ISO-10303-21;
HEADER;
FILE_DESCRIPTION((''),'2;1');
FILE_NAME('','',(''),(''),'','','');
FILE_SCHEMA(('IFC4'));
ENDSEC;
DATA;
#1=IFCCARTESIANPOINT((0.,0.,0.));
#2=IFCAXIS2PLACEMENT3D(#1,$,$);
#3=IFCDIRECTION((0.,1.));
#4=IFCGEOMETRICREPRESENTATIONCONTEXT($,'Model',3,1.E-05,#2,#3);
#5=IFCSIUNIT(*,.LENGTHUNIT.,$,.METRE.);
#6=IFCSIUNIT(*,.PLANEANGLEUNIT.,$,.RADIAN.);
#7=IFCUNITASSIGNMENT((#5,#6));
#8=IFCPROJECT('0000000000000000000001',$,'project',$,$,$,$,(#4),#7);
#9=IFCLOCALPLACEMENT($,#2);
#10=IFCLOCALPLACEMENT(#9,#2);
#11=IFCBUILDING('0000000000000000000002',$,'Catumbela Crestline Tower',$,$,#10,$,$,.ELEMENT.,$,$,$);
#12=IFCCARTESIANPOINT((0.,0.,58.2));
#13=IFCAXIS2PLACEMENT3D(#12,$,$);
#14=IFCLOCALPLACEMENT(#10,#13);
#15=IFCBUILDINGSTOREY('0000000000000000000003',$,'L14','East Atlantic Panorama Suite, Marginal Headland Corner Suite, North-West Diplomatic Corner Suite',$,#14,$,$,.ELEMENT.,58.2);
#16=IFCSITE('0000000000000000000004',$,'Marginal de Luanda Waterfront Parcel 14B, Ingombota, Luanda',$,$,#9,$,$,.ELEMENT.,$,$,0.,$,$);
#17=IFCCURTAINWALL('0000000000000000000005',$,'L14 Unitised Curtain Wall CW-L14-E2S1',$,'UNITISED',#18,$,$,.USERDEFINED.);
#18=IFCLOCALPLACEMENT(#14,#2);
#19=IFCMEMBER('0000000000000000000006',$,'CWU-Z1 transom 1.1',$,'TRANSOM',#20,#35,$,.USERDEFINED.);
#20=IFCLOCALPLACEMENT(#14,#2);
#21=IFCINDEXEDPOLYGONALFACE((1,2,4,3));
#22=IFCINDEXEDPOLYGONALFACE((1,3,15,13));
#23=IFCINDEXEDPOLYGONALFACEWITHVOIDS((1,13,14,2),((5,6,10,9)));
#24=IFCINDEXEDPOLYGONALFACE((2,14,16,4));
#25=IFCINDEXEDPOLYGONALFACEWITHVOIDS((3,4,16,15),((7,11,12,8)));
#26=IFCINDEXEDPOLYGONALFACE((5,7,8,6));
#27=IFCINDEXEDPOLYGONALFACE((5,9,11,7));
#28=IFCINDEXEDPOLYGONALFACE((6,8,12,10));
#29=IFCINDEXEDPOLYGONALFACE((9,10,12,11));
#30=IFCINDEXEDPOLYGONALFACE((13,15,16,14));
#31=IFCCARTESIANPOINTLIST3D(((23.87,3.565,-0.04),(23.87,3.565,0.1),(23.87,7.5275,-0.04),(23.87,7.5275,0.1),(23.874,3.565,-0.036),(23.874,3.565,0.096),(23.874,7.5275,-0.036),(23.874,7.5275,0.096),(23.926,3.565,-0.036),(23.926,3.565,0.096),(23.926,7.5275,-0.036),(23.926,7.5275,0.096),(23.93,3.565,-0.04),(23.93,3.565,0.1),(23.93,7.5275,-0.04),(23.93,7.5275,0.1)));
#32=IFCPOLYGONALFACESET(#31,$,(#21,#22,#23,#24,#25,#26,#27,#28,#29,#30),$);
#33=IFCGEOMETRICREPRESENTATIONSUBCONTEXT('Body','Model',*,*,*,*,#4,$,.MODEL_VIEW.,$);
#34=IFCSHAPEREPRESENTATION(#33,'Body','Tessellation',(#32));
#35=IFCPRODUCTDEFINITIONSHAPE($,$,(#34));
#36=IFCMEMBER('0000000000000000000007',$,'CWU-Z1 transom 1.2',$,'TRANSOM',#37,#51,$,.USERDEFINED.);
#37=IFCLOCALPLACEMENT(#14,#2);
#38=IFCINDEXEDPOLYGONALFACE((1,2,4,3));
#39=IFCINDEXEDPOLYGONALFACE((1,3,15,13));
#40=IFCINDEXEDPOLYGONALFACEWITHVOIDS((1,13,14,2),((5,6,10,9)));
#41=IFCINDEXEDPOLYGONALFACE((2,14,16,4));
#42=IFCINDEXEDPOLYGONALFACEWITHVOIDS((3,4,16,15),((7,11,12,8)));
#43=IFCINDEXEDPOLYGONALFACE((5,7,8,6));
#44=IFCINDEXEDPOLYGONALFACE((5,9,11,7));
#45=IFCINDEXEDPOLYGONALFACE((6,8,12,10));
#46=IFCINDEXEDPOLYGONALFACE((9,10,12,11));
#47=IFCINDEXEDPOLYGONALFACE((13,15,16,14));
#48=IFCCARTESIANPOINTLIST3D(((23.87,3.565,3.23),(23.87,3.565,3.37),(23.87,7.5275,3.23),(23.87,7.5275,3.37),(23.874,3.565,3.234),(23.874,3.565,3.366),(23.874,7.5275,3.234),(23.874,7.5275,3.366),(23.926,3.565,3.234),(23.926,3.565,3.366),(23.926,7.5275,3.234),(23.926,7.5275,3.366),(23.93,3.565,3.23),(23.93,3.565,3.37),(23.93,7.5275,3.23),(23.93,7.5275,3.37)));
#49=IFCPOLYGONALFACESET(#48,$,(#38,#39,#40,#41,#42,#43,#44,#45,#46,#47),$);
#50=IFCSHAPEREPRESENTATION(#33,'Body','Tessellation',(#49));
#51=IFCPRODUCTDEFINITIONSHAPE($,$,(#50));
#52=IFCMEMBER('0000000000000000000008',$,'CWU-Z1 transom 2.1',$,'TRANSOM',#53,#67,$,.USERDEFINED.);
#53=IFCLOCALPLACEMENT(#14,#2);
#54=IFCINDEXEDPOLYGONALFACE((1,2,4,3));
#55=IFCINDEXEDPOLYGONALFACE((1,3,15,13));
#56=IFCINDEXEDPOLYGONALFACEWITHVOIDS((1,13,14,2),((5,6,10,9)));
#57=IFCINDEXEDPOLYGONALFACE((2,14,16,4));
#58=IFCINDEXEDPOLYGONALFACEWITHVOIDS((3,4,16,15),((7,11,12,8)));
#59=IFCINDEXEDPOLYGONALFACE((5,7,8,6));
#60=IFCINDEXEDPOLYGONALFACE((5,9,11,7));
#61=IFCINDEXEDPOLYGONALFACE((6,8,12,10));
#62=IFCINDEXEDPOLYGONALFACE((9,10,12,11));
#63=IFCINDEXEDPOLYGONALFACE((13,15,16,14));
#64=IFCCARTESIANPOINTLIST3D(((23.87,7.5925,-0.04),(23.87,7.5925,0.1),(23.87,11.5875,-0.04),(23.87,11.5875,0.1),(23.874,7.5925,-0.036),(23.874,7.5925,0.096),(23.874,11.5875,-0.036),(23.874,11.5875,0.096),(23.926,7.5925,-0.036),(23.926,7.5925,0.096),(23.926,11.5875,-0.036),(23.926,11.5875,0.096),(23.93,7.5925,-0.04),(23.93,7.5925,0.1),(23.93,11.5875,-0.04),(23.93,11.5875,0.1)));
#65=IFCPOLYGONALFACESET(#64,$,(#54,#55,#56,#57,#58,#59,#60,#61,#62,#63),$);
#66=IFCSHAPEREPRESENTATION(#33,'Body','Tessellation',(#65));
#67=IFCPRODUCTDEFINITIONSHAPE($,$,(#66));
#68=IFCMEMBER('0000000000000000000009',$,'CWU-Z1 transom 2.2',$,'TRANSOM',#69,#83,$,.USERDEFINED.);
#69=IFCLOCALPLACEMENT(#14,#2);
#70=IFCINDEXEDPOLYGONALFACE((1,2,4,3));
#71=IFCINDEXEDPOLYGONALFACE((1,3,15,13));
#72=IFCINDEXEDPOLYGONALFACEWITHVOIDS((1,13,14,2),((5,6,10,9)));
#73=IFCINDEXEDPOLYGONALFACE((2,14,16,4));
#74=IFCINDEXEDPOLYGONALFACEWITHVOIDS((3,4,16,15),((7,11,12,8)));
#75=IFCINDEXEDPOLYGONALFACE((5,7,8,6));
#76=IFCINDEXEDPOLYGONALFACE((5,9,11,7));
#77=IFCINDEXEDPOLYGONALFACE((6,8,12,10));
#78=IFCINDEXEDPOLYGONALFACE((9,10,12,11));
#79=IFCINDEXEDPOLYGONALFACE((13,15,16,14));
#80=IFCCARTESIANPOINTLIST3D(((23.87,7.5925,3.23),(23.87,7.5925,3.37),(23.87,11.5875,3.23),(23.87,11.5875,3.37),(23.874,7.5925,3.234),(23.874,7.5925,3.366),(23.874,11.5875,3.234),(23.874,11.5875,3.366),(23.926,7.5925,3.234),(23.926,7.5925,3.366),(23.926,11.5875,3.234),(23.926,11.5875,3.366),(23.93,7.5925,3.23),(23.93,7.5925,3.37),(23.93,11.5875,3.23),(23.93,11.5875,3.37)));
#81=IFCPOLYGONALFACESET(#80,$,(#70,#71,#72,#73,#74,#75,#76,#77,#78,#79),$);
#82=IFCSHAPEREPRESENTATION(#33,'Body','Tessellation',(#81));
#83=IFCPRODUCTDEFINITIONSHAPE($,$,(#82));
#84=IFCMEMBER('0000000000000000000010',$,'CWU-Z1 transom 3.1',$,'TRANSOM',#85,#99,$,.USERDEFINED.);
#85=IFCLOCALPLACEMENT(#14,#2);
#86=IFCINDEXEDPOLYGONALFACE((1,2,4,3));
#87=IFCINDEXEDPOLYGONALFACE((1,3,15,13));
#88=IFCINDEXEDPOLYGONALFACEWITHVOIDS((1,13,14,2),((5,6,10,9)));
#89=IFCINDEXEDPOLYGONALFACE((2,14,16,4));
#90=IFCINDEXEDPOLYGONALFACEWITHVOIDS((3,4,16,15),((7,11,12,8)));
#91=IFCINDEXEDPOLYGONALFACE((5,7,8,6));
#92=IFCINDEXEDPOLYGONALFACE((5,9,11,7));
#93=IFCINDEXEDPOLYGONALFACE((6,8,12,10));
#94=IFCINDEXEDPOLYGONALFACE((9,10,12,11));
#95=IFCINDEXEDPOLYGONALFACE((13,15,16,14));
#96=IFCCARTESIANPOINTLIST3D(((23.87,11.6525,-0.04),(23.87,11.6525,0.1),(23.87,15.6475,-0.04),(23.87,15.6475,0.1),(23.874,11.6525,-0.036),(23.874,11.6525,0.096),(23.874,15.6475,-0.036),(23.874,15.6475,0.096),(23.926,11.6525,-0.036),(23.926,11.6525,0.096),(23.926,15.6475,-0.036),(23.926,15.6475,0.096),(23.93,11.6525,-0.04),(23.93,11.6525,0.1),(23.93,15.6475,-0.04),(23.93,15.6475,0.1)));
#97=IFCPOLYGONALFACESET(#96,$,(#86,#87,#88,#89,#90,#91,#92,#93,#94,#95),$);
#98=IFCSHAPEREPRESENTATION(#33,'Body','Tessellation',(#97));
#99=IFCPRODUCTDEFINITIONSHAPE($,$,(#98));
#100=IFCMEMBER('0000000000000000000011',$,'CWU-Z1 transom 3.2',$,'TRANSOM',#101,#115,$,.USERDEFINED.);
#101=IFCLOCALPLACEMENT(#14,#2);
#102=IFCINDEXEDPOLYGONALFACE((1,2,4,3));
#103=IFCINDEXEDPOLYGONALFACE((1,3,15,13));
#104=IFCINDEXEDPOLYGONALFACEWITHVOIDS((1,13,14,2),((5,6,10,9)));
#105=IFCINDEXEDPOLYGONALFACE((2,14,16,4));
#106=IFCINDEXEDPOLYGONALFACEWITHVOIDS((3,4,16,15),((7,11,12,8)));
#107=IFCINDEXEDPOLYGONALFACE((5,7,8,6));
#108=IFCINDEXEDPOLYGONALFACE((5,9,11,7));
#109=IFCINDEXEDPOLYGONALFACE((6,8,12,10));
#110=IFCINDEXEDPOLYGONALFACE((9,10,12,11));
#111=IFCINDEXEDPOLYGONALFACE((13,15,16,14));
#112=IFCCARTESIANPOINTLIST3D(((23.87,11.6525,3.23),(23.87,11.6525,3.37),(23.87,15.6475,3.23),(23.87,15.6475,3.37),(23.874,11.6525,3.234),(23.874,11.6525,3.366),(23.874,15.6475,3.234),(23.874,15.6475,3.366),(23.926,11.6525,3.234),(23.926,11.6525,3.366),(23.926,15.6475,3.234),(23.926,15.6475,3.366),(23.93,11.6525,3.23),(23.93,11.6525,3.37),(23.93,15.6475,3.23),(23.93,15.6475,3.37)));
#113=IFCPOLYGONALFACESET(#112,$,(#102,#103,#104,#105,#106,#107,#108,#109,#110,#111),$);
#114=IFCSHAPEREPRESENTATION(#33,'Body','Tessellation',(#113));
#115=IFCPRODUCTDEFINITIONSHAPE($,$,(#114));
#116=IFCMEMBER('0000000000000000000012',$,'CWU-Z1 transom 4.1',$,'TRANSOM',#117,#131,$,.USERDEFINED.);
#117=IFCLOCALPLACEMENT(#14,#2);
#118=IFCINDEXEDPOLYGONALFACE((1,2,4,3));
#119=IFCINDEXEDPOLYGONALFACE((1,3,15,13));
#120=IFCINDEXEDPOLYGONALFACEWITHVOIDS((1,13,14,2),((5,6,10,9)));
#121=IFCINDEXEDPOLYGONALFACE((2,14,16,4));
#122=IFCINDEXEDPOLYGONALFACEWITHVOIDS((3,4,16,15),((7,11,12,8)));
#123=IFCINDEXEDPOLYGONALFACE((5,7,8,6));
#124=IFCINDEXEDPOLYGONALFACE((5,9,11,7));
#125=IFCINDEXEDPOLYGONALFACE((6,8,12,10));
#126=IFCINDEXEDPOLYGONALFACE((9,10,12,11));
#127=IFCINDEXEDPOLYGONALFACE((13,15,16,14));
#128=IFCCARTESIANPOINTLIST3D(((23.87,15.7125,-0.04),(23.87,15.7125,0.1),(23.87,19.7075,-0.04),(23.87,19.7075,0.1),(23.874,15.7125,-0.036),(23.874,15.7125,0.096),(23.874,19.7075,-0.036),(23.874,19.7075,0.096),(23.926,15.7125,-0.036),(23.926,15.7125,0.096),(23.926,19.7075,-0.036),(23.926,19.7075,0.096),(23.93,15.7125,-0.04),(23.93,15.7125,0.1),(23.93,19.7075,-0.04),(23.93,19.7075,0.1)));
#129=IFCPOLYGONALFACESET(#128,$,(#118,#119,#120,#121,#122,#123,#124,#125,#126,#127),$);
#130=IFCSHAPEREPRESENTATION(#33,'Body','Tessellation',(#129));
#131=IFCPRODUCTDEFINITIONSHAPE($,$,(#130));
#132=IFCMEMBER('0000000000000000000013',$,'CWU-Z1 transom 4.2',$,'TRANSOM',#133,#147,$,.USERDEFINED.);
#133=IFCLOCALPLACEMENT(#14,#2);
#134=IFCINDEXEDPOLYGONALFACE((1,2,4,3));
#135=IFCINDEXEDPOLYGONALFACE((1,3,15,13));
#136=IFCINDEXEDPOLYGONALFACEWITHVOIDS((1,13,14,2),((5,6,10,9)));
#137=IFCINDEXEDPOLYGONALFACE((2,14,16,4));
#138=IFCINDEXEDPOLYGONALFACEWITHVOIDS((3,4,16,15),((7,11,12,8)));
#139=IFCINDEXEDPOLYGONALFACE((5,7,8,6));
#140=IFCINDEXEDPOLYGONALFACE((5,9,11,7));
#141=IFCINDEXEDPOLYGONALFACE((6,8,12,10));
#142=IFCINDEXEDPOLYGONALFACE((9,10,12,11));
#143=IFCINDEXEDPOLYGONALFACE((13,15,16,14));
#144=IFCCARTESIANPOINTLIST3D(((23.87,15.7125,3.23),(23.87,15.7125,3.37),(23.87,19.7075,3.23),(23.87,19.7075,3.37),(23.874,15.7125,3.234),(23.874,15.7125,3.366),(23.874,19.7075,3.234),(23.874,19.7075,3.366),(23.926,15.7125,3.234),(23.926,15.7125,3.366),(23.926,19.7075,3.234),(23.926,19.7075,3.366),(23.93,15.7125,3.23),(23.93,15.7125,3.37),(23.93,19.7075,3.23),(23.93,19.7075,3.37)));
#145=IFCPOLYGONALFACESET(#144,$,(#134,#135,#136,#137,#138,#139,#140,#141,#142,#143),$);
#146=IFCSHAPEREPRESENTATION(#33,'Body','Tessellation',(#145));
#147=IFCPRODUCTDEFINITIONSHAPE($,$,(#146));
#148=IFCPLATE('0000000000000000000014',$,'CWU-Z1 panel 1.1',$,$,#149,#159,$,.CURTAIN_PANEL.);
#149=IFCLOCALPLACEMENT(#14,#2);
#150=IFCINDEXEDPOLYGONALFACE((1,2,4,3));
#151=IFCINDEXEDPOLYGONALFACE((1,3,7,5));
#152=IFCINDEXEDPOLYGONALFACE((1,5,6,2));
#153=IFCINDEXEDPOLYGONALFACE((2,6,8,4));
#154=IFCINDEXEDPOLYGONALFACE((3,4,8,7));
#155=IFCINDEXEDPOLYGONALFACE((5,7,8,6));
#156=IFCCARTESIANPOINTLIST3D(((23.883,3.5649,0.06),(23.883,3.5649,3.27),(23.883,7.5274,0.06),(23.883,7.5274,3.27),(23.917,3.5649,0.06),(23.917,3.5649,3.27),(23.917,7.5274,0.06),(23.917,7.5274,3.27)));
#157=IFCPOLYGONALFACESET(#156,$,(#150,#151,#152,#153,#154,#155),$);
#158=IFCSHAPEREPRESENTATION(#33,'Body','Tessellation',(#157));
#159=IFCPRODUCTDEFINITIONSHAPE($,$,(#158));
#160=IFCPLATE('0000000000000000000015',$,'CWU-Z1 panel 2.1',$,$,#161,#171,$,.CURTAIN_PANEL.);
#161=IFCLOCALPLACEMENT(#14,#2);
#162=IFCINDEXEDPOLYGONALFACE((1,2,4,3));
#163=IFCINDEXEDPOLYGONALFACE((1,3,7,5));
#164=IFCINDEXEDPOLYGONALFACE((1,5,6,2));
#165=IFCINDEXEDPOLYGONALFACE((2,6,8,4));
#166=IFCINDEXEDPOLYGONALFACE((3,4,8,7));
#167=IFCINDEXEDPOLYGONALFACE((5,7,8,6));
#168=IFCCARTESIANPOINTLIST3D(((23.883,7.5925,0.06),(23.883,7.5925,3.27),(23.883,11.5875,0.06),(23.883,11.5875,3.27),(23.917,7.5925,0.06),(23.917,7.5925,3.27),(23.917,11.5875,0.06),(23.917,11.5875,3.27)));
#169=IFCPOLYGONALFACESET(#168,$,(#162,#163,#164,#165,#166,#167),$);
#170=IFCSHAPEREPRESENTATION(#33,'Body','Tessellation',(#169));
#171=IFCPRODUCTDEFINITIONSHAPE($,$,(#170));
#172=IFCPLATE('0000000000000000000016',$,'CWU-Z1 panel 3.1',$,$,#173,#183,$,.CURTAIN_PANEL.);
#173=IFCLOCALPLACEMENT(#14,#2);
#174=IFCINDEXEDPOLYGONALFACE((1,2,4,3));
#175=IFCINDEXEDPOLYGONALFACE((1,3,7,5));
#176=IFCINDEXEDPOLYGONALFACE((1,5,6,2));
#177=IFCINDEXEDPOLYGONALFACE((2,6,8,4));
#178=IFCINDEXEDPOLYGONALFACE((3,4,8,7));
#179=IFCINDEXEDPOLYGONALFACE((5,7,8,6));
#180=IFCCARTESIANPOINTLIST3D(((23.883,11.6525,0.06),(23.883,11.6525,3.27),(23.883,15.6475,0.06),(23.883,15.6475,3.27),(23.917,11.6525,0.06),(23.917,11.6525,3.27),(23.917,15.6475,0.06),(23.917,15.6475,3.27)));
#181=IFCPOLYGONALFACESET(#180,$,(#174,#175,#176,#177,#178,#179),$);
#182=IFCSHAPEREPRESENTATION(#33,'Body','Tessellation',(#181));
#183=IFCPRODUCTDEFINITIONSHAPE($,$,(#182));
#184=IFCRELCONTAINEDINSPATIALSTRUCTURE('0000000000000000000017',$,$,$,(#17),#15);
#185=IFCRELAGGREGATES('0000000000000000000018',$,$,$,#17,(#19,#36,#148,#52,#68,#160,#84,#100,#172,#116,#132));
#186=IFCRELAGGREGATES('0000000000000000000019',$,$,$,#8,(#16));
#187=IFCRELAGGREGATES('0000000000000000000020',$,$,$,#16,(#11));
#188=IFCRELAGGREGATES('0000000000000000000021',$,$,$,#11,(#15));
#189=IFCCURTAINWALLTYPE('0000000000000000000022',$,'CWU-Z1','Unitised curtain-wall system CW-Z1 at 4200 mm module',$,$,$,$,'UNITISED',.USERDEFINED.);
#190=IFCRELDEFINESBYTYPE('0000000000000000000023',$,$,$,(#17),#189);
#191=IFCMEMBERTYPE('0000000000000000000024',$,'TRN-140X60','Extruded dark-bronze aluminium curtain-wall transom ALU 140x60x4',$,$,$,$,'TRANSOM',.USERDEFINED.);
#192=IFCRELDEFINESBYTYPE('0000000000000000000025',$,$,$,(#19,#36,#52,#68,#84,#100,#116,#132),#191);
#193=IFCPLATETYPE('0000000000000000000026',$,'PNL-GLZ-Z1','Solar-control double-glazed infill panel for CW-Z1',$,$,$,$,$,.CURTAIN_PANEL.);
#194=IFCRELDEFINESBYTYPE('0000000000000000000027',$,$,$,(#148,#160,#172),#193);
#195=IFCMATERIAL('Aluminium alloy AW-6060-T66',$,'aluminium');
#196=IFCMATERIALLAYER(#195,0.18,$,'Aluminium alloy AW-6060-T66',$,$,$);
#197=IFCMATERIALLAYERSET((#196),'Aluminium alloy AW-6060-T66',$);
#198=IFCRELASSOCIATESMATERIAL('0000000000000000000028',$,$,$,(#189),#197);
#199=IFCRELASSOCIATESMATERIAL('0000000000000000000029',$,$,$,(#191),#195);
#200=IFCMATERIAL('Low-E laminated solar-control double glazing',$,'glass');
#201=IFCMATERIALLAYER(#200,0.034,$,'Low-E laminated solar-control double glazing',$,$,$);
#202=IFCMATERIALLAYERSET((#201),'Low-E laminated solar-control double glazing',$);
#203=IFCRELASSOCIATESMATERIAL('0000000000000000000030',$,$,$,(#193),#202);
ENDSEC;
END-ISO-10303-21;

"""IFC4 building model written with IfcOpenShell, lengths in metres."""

from ifc_helpers import new_model, si_unit, direction, frame, origin, origin_2d, place, context, subcontext, project, spatial, rectangle, hollow_rectangle, extrude, material, layer, layer_set, material_profile, profile_set, type_object, element, aggregate, save


model = new_model("IFC4")

# Units and contexts
model_context = context("Model", 3, precision=1e-05, world=origin(), true_north=direction((0.0, 1.0)))
body_context = subcontext(model_context, "Body", "Model", "MODEL_VIEW")
ifc_project = project(units=[si_unit("LENGTHUNIT", "METRE"), si_unit("PLANEANGLEUNIT", "RADIAN")], contexts=[model_context])

# Site, building, storey
site_placement = place(None, origin())
site = spatial("IfcSite", under=ifc_project, at=site_placement, Name="Marginal de Luanda Waterfront Parcel 14B, Ingombota, Luanda", CompositionType="ELEMENT", RefElevation=0.0)
building_placement = place(site_placement, origin())
building = spatial("IfcBuilding", under=site, at=building_placement, Name="Catumbela Crestline Tower", CompositionType="ELEMENT")
storey_placement = place(building_placement, frame((0.0, 0.0, 58.2)))
storey = spatial("IfcBuildingStorey", under=building, at=storey_placement, Name="L14", Description="East Atlantic Panorama Suite, Marginal Headland Corner Suite, North-West Diplomatic Corner Suite", CompositionType="ELEMENT", Elevation=58.2)

# Shared definitions
ifc_material_1 = material(Name="Aluminium alloy AW-6060-T66", Category="aluminium")
ifc_layer_1 = layer(ifc_material_1, 0.18, Name="Aluminium alloy AW-6060-T66")
ifc_layer_set_1 = layer_set([ifc_layer_1], Name="Aluminium alloy AW-6060-T66")
curtain_wall_type = type_object("IfcCurtainWallType", Name="CWU-Z1", Description="Unitised curtain-wall system CW-Z1 at 4200 mm module", ElementType="UNITISED", PredefinedType="USERDEFINED", material=ifc_layer_set_1)

# Curtain wall
curtain_wall_1_placement = place(storey_placement, origin())
curtain_wall_1 = element("IfcCurtainWall", 1, at=curtain_wall_1_placement, inside=storey, type_object=curtain_wall_type, Name="L14 Unitised Curtain Wall CW-L14-E2S1", ObjectType="UNITISED", PredefinedType="USERDEFINED")

# Members
ifc_material_profile_1 = material_profile(ifc_material_1, hollow_rectangle(XDim=0.06, YDim=0.14, WallThickness=0.004, at=origin_2d()), Name="ALU 140x60x4")
ifc_profile_set_1 = profile_set([ifc_material_profile_1], Name="Aluminium alloy AW-6060-T66")
member_type_1 = type_object("IfcMemberType", Name="TRN-140X60", Description="Extruded dark-bronze aluminium curtain-wall transom ALU 140x60x4", ElementType="TRANSOM", PredefinedType="USERDEFINED", material=ifc_profile_set_1)
member_1_placement = place(storey_placement, frame((23.9, 3.565, 0.03), z_axis=(0.0, 1.0, 0.0), x_axis=(-1.0, 0.0, 0.0)))
member_1 = element("IfcMember", 2, at=member_1_placement, type_object=member_type_1, Name="CWU-Z1 transom 1.1", ObjectType="TRANSOM", PredefinedType="USERDEFINED", context=body_context, shape_type="SweptSolid", body=[
    extrude(hollow_rectangle(XDim=0.06, YDim=0.14, WallThickness=0.004, at=origin_2d()), origin(), (0.0, 0.0, 1.0), 3.9625),
])
member_2_placement = place(storey_placement, frame((23.9, 3.565, 3.3), z_axis=(0.0, 1.0, 0.0), x_axis=(-1.0, 0.0, 0.0)))
member_2 = element("IfcMember", 3, at=member_2_placement, type_object=member_type_1, Name="CWU-Z1 transom 1.2", ObjectType="TRANSOM", PredefinedType="USERDEFINED", context=body_context, shape_type="SweptSolid", body=[
    extrude(hollow_rectangle(XDim=0.06, YDim=0.14, WallThickness=0.004, at=origin_2d()), origin(), (0.0, 0.0, 1.0), 3.9625),
])
member_3_placement = place(storey_placement, frame((23.9, 7.5925, 0.03), z_axis=(0.0, 1.0, 0.0), x_axis=(-1.0, 0.0, 0.0)))
member_3 = element("IfcMember", 4, at=member_3_placement, type_object=member_type_1, Name="CWU-Z1 transom 2.1", ObjectType="TRANSOM", PredefinedType="USERDEFINED", context=body_context, shape_type="SweptSolid", body=[
    extrude(hollow_rectangle(XDim=0.06, YDim=0.14, WallThickness=0.004, at=origin_2d()), origin(), (0.0, 0.0, 1.0), 3.995),
])
member_4_placement = place(storey_placement, frame((23.9, 7.5925, 3.3), z_axis=(0.0, 1.0, 0.0), x_axis=(-1.0, 0.0, 0.0)))
member_4 = element("IfcMember", 5, at=member_4_placement, type_object=member_type_1, Name="CWU-Z1 transom 2.2", ObjectType="TRANSOM", PredefinedType="USERDEFINED", context=body_context, shape_type="SweptSolid", body=[
    extrude(hollow_rectangle(XDim=0.06, YDim=0.14, WallThickness=0.004, at=origin_2d()), origin(), (0.0, 0.0, 1.0), 3.995),
])
member_5_placement = place(storey_placement, frame((23.9, 11.6525, 0.03), z_axis=(0.0, 1.0, 0.0), x_axis=(-1.0, 0.0, 0.0)))
member_5 = element("IfcMember", 6, at=member_5_placement, type_object=member_type_1, Name="CWU-Z1 transom 3.1", ObjectType="TRANSOM", PredefinedType="USERDEFINED", context=body_context, shape_type="SweptSolid", body=[
    extrude(hollow_rectangle(XDim=0.06, YDim=0.14, WallThickness=0.004, at=origin_2d()), origin(), (0.0, 0.0, 1.0), 3.995),
])
member_6_placement = place(storey_placement, frame((23.9, 11.6525, 3.3), z_axis=(0.0, 1.0, 0.0), x_axis=(-1.0, 0.0, 0.0)))
member_6 = element("IfcMember", 7, at=member_6_placement, type_object=member_type_1, Name="CWU-Z1 transom 3.2", ObjectType="TRANSOM", PredefinedType="USERDEFINED", context=body_context, shape_type="SweptSolid", body=[
    extrude(hollow_rectangle(XDim=0.06, YDim=0.14, WallThickness=0.004, at=origin_2d()), origin(), (0.0, 0.0, 1.0), 3.995),
])
member_7_placement = place(storey_placement, frame((23.9, 15.7125, 0.03), z_axis=(0.0, 1.0, 0.0), x_axis=(-1.0, 0.0, 0.0)))
member_7 = element("IfcMember", 8, at=member_7_placement, type_object=member_type_1, Name="CWU-Z1 transom 4.1", ObjectType="TRANSOM", PredefinedType="USERDEFINED", context=body_context, shape_type="SweptSolid", body=[
    extrude(hollow_rectangle(XDim=0.06, YDim=0.14, WallThickness=0.004, at=origin_2d()), origin(), (0.0, 0.0, 1.0), 3.995),
])
member_8_placement = place(storey_placement, frame((23.9, 15.7125, 3.3), z_axis=(0.0, 1.0, 0.0), x_axis=(-1.0, 0.0, 0.0)))
member_8 = element("IfcMember", 9, at=member_8_placement, type_object=member_type_1, Name="CWU-Z1 transom 4.2", ObjectType="TRANSOM", PredefinedType="USERDEFINED", context=body_context, shape_type="SweptSolid", body=[
    extrude(hollow_rectangle(XDim=0.06, YDim=0.14, WallThickness=0.004, at=origin_2d()), origin(), (0.0, 0.0, 1.0), 3.995),
])

# Plates
ifc_material_2 = material(Name="Low-E laminated solar-control double glazing", Category="glass")
ifc_layer_2 = layer(ifc_material_2, 0.034, Name="Low-E laminated solar-control double glazing")
ifc_layer_set_2 = layer_set([ifc_layer_2], Name="Low-E laminated solar-control double glazing")
plate_type = type_object("IfcPlateType", Name="PNL-GLZ-Z1", Description="Solar-control double-glazed infill panel for CW-Z1", PredefinedType="CURTAIN_PANEL", material=ifc_layer_set_2)
plate_1_placement = place(storey_placement, frame((23.9, 5.5462, 0.06), z_axis=(0.0, 0.0, 1.0), x_axis=(0.0, 1.0, 0.0)))
plate_1 = element("IfcPlate", 10, at=plate_1_placement, type_object=plate_type, Name="CWU-Z1 panel 1.1", PredefinedType="CURTAIN_PANEL", context=body_context, shape_type="SweptSolid", body=[
    extrude(rectangle(XDim=3.9625, YDim=0.034, at=origin_2d()), origin(), (0.0, 0.0, 1.0), 3.21),
])
plate_2_placement = place(storey_placement, frame((23.9, 9.59, 0.06), z_axis=(0.0, 0.0, 1.0), x_axis=(0.0, 1.0, 0.0)))
plate_2 = element("IfcPlate", 11, at=plate_2_placement, type_object=plate_type, Name="CWU-Z1 panel 2.1", PredefinedType="CURTAIN_PANEL", context=body_context, shape_type="SweptSolid", body=[
    extrude(rectangle(XDim=3.995, YDim=0.034, at=origin_2d()), origin(), (0.0, 0.0, 1.0), 3.21),
])
plate_3_placement = place(storey_placement, frame((23.9, 13.65, 0.06), z_axis=(0.0, 0.0, 1.0), x_axis=(0.0, 1.0, 0.0)))
plate_3 = element("IfcPlate", 12, at=plate_3_placement, type_object=plate_type, Name="CWU-Z1 panel 3.1", PredefinedType="CURTAIN_PANEL", context=body_context, shape_type="SweptSolid", body=[
    extrude(rectangle(XDim=3.995, YDim=0.034, at=origin_2d()), origin(), (0.0, 0.0, 1.0), 3.21),
])
aggregate(curtain_wall_1, [member_1, member_2, plate_1, member_3, member_4, plate_2, member_5, member_6, plate_3, member_7, member_8])

save(model, "model.ifc")
